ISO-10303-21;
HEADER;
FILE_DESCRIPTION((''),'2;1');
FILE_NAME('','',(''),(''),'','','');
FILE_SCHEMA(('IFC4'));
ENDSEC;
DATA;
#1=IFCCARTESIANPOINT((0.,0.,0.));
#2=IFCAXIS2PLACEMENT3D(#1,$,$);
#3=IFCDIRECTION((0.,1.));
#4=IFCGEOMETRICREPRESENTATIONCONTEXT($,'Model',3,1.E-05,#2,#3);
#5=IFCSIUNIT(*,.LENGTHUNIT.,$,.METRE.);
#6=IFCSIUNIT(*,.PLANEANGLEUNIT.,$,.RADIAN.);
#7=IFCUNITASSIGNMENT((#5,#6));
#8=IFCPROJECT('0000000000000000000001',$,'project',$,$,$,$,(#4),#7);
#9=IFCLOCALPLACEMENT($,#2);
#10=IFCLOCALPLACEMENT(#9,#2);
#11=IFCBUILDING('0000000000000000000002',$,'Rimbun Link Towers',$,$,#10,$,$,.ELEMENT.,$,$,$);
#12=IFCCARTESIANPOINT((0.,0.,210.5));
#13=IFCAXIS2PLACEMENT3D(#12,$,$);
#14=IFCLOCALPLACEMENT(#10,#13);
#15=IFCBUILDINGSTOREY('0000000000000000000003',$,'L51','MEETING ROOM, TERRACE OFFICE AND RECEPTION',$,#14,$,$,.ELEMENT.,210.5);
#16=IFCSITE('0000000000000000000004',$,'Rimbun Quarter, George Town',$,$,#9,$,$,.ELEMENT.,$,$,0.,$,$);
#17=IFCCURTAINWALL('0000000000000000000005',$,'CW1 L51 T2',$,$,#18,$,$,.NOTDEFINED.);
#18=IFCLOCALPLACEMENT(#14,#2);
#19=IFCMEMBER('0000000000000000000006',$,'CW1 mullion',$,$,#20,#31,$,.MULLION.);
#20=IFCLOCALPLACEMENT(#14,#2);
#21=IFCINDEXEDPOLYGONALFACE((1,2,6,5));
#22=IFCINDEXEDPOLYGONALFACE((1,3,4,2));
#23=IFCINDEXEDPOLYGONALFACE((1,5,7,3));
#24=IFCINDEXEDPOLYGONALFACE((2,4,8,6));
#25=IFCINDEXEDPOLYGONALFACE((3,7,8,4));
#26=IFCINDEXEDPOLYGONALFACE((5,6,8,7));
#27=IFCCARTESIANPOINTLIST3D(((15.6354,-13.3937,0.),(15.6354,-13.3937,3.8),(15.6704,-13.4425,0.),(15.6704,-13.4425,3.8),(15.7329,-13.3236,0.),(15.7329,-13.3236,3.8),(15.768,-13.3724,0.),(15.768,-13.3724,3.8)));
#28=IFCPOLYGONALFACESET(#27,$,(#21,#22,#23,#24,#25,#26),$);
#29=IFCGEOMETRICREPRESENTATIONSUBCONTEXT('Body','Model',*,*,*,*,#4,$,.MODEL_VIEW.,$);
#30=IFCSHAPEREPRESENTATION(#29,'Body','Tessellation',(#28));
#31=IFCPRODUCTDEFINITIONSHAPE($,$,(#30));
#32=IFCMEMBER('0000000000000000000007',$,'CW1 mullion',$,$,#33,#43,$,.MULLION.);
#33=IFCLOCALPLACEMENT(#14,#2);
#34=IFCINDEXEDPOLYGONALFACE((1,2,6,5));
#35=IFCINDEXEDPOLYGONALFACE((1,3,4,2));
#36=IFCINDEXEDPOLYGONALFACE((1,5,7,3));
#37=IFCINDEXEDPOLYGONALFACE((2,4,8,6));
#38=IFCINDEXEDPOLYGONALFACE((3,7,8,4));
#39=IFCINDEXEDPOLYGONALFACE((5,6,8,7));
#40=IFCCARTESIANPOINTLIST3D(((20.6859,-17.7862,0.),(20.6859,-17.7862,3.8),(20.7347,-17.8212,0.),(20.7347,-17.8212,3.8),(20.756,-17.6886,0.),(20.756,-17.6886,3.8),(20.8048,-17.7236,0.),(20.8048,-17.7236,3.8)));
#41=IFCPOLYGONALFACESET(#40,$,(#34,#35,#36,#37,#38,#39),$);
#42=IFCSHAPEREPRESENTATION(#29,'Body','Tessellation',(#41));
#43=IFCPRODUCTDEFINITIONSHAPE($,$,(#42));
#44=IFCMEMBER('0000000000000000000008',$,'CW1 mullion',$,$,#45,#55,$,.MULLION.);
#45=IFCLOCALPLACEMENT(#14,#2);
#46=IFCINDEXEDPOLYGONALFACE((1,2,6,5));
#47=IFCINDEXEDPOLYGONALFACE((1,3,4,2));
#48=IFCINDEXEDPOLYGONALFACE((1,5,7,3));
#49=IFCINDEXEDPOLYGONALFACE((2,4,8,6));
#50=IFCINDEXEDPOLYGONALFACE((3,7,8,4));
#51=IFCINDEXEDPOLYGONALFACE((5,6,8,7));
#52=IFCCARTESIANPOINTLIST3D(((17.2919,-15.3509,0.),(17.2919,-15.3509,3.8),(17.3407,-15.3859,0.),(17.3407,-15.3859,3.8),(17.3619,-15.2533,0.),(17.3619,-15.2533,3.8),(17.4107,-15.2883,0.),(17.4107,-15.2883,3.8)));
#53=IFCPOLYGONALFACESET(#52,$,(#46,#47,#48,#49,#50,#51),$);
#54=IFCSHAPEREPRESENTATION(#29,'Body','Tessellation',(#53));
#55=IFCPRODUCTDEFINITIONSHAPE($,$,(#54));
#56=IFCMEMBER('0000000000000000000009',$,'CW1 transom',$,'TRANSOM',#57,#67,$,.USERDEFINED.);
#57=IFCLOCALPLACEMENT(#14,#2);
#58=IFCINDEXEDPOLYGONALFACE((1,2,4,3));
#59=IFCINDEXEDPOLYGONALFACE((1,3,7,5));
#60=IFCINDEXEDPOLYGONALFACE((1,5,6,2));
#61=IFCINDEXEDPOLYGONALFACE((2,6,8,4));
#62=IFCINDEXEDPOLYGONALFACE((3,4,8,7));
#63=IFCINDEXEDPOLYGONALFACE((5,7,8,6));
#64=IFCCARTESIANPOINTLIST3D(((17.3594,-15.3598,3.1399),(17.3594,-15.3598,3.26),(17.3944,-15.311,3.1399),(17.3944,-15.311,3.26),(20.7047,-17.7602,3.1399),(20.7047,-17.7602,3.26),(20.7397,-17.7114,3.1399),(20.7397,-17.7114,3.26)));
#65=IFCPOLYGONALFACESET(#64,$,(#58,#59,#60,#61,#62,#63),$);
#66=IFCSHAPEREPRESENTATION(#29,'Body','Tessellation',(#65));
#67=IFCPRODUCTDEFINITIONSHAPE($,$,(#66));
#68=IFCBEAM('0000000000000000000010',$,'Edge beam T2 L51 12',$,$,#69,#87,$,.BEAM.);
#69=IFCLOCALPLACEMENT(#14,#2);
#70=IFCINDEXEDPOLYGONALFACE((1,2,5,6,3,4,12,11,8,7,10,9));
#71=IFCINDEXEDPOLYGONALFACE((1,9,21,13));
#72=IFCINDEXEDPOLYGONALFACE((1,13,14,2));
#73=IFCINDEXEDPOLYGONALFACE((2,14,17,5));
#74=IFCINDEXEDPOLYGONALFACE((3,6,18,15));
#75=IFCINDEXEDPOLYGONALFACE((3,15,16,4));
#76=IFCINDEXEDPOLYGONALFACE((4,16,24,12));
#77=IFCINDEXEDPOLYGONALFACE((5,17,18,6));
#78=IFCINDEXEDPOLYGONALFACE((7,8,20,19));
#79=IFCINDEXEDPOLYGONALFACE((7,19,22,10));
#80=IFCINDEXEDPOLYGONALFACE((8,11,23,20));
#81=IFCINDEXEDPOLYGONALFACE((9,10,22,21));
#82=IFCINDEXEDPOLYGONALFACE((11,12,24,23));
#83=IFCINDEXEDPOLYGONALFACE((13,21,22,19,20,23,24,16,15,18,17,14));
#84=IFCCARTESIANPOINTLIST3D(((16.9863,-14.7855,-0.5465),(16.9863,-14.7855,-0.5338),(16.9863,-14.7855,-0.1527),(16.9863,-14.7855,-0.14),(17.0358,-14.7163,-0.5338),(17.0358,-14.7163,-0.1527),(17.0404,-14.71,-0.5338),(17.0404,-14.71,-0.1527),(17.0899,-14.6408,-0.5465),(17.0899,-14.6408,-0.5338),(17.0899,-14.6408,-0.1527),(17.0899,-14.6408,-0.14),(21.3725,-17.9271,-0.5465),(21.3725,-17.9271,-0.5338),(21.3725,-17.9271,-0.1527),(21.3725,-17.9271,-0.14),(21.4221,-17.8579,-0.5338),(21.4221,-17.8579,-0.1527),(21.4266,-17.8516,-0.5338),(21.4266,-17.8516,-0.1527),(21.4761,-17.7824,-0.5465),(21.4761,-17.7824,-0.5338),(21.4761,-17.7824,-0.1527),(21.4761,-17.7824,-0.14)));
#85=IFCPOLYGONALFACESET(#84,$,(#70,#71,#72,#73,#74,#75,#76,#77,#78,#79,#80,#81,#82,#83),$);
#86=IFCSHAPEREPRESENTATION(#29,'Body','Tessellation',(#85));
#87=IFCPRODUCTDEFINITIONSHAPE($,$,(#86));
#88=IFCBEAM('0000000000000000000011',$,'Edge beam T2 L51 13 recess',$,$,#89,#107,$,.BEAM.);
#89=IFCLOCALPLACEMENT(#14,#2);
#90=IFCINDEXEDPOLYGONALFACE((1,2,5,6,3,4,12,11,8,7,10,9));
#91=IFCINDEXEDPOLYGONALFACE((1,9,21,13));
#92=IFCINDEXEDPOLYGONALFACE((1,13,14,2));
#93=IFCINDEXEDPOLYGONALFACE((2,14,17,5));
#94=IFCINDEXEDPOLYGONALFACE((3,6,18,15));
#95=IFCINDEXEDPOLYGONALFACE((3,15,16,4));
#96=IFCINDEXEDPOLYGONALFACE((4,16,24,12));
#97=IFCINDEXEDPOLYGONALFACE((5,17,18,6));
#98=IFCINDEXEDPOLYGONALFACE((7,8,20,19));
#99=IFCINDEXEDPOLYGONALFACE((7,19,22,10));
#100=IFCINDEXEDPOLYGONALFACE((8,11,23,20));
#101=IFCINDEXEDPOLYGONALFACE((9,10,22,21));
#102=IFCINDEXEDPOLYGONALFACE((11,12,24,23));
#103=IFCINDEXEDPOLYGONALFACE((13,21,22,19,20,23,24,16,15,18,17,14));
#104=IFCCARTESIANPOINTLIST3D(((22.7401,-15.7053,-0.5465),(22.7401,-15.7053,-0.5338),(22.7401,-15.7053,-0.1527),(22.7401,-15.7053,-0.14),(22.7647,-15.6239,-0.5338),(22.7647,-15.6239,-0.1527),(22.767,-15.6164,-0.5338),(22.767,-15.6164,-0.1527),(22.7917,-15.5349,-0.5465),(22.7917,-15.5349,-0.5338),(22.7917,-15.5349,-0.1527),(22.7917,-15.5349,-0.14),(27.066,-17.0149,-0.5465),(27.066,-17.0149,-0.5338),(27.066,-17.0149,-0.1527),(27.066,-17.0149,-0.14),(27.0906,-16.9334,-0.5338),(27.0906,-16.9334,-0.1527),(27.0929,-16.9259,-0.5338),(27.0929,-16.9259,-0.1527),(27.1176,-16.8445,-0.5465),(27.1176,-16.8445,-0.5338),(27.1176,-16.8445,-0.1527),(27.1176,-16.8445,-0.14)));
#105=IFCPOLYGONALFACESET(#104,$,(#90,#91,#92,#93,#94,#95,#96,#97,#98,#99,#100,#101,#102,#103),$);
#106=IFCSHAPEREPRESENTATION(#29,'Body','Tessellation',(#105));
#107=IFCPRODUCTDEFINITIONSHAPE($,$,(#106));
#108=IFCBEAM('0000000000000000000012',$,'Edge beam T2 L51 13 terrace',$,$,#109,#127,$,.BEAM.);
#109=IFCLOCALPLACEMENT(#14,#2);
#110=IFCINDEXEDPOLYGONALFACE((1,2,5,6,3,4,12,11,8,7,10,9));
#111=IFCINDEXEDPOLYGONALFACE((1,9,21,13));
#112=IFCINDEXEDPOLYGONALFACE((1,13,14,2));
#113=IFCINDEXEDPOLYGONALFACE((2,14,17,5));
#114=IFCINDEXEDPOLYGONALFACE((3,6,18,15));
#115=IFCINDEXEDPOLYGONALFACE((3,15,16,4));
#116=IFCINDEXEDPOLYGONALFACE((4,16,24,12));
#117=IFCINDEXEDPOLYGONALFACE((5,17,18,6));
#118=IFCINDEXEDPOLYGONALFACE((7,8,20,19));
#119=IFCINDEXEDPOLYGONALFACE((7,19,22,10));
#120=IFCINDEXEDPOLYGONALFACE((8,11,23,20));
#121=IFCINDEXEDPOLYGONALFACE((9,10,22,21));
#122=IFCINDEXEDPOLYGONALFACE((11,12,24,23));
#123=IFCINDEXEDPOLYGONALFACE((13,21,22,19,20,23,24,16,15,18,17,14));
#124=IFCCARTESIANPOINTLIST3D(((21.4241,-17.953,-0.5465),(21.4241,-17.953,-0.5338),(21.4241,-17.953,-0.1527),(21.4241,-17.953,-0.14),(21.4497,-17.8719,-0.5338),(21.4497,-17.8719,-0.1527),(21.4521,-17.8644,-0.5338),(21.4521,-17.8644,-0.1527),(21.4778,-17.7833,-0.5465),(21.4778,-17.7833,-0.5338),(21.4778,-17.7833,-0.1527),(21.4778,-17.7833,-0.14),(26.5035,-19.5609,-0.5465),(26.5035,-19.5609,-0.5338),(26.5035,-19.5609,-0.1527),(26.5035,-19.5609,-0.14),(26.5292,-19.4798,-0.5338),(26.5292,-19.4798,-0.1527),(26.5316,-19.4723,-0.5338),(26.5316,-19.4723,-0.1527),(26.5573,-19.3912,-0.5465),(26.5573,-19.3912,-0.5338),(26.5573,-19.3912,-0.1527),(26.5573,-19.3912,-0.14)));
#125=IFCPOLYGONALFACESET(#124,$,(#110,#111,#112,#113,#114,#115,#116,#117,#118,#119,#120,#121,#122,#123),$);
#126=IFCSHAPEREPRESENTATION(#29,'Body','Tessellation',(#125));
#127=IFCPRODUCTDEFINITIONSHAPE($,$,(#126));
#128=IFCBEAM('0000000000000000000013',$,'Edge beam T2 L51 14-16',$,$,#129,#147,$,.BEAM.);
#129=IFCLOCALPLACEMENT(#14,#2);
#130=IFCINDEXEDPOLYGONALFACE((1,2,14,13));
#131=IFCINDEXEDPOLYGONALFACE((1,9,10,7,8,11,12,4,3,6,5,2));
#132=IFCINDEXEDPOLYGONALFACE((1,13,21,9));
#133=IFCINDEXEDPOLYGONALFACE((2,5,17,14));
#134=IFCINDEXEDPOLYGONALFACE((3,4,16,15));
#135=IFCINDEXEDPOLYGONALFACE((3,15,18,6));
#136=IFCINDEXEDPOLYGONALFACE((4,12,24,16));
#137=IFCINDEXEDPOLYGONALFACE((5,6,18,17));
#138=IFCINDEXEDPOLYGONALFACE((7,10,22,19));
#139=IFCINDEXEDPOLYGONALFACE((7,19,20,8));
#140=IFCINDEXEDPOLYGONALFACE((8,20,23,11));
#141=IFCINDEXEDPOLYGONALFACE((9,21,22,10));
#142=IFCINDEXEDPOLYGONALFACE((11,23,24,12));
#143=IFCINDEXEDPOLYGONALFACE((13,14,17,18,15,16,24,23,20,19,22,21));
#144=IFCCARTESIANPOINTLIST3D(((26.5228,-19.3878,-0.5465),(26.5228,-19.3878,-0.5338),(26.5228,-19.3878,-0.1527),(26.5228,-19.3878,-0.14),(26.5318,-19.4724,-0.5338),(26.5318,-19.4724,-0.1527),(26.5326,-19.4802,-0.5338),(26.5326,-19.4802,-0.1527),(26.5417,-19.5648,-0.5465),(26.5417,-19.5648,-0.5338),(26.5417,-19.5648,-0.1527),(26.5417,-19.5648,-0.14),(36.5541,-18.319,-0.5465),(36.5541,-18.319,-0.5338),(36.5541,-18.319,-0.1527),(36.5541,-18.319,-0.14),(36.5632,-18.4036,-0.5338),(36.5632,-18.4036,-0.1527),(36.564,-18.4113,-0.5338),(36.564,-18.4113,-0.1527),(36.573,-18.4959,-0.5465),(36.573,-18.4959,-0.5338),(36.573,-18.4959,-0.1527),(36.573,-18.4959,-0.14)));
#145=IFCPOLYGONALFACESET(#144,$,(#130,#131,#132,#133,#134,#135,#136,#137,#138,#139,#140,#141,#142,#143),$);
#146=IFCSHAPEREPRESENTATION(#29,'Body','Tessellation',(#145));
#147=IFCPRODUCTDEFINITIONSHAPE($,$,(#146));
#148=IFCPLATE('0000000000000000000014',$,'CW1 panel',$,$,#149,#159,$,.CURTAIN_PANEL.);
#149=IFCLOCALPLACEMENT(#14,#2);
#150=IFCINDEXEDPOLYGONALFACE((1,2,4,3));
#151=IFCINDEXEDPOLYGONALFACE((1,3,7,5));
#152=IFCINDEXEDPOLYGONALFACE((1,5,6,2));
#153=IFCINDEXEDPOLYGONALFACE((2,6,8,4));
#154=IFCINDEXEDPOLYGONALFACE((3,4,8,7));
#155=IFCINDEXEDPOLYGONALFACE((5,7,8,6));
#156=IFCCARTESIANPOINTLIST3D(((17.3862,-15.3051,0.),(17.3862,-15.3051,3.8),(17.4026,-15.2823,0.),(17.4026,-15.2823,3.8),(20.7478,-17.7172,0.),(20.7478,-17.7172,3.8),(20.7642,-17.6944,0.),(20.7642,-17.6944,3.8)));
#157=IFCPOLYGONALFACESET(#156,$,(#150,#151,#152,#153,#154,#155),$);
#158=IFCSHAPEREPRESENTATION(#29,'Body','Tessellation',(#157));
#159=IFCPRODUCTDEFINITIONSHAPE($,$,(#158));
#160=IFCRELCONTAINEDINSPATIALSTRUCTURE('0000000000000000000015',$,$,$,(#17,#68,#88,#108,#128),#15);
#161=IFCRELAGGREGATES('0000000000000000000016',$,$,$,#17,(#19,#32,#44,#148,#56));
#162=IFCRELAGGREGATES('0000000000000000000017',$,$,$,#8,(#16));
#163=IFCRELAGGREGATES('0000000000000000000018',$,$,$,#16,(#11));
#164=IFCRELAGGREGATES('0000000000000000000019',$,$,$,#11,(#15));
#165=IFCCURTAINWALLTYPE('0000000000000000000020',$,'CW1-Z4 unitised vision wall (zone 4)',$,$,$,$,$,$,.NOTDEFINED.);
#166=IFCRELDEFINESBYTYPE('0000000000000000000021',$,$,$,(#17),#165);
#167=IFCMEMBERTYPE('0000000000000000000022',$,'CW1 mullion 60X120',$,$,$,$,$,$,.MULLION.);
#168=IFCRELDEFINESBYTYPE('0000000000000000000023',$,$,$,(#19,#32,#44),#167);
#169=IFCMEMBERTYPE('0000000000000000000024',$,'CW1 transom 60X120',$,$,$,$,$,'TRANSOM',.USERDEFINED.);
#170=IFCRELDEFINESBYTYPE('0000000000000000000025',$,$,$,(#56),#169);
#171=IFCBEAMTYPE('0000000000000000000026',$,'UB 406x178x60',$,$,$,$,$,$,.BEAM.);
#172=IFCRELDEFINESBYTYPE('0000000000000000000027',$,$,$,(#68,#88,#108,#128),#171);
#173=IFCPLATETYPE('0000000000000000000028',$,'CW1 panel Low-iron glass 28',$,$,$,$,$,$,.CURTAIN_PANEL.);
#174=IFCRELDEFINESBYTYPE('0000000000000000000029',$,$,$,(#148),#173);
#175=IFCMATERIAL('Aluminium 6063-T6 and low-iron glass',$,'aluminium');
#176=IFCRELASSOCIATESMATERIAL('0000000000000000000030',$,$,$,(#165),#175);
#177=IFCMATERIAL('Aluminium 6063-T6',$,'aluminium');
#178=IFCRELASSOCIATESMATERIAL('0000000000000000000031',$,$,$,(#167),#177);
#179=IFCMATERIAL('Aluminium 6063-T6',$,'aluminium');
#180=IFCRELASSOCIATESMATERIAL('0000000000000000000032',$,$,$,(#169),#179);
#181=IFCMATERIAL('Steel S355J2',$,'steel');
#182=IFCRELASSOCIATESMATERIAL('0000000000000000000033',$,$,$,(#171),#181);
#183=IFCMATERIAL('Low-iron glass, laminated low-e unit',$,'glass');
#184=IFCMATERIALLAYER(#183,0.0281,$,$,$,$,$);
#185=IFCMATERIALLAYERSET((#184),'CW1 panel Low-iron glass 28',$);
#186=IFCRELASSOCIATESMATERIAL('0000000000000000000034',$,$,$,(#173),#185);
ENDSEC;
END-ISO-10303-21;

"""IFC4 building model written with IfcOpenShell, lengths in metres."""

from ifc_helpers import new_model, si_unit, direction, frame, origin, origin_2d, place, context, subcontext, project, spatial, rectangle, i_section, extrude, material, layer, layer_set, material_profile, profile_set, type_object, element, aggregate, save


model = new_model("IFC4")

# Units and contexts
model_context = context("Model", 3, precision=1e-05, world=origin(), true_north=direction((0.0, 1.0)))
body_context = subcontext(model_context, "Body", "Model", "MODEL_VIEW")
ifc_project = project(units=[si_unit("LENGTHUNIT", "METRE"), si_unit("PLANEANGLEUNIT", "RADIAN")], contexts=[model_context])

# Site, building, storey
site_placement = place(None, origin())
site = spatial("IfcSite", under=ifc_project, at=site_placement, Name="Rimbun Quarter, George Town", CompositionType="ELEMENT", RefElevation=0.0)
building_placement = place(site_placement, origin())
building = spatial("IfcBuilding", under=site, at=building_placement, Name="Rimbun Link Towers", CompositionType="ELEMENT")
storey_placement = place(building_placement, frame((0.0, 0.0, 210.5)))
storey = spatial("IfcBuildingStorey", under=building, at=storey_placement, Name="L51", Description="MEETING ROOM, TERRACE OFFICE AND RECEPTION", CompositionType="ELEMENT", Elevation=210.5)

# Curtain wall, members
ifc_material_1 = material(Name="Aluminium 6063-T6 and low-iron glass", Category="aluminium")
curtain_wall_type = type_object("IfcCurtainWallType", Name="CW1-Z4 unitised vision wall (zone 4)", PredefinedType="NOTDEFINED", material=ifc_material_1)
curtain_wall_placement = place(storey_placement, origin())
curtain_wall = element("IfcCurtainWall", 1, at=curtain_wall_placement, inside=storey, type_object=curtain_wall_type, Name="CW1 L51 T2", PredefinedType="NOTDEFINED")
ifc_material_2 = material(Name="Aluminium 6063-T6", Category="aluminium")
ifc_material_profile_1 = material_profile(ifc_material_2, rectangle(XDim=0.1201, YDim=0.0601, at=origin_2d()), Name="MULLION 60X120")
ifc_profile_set_1 = profile_set([ifc_material_profile_1], Name="Aluminium 6063-T6")
member_type_1 = type_object("IfcMemberType", Name="CW1 mullion 60X120", PredefinedType="MULLION", material=ifc_profile_set_1)
member_1_placement = place(storey_placement, frame((15.7017, -13.3831, 0.0), z_axis=(0.0, 0.0, 1.0), x_axis=(-0.81247, -0.583004, 0.0)))
member_1 = element("IfcMember", 2, at=member_1_placement, type_object=member_type_1, Name="CW1 mullion", PredefinedType="MULLION", context=body_context, shape_type="SweptSolid", body=[
    extrude(rectangle(XDim=0.1201, YDim=0.0601, at=origin_2d()), origin(), (0.0, 0.0, 1.0), 3.8),
])
member_2_placement = place(storey_placement, frame((20.7454, -17.7549, 0.0), z_axis=(0.0, 0.0, 1.0), x_axis=(-0.583004, -0.81247, 0.0)))
member_2 = element("IfcMember", 3, at=member_2_placement, type_object=member_type_1, Name="CW1 mullion", PredefinedType="MULLION", context=body_context, shape_type="SweptSolid", body=[
    extrude(rectangle(XDim=0.1201, YDim=0.0601, at=origin_2d()), origin(), (0.0, 0.0, 1.0), 3.8),
])
member_3_placement = place(storey_placement, frame((17.3513, -15.3196, 0.0), z_axis=(0.0, 0.0, 1.0), x_axis=(-0.583004, -0.81247, 0.0)))
member_3 = element("IfcMember", 4, at=member_3_placement, type_object=member_type_1, Name="CW1 mullion", PredefinedType="MULLION", context=body_context, shape_type="SweptSolid", body=[
    extrude(rectangle(XDim=0.1201, YDim=0.0601, at=origin_2d()), origin(), (0.0, 0.0, 1.0), 3.8),
])
ifc_material_3 = material(Name="Aluminium 6063-T6", Category="aluminium")
ifc_material_profile_2 = material_profile(ifc_material_3, rectangle(XDim=0.0601, YDim=0.1201, at=origin_2d()), Name="TRANSOM 60X120")
ifc_profile_set_2 = profile_set([ifc_material_profile_2], Name="Aluminium 6063-T6")
member_type_2 = type_object("IfcMemberType", Name="CW1 transom 60X120", ElementType="TRANSOM", PredefinedType="USERDEFINED", material=ifc_profile_set_2)
member_4_placement = place(storey_placement, frame((20.7222, -17.7358, 3.2), z_axis=(-0.812474, 0.582998, 0.0), x_axis=(-0.582998, -0.812474, 0.0)))
member_4 = element("IfcMember", 5, at=member_4_placement, type_object=member_type_2, Name="CW1 transom", ObjectType="TRANSOM", PredefinedType="USERDEFINED", context=body_context, shape_type="SweptSolid", body=[
    extrude(rectangle(XDim=0.0601, YDim=0.1201, at=origin_2d()), origin(), (0.0, 0.0, 1.0), 4.1174),
])

# Beams
ifc_material_4 = material(Name="Steel S355J2", Category="steel")
ifc_material_profile_3 = material_profile(ifc_material_4, i_section(OverallWidth=0.178, OverallDepth=0.4065, WebThickness=0.0078, FlangeThickness=0.0127, at=origin_2d()), Name="UB 406x178x60")
ifc_profile_set_3 = profile_set([ifc_material_profile_3], Name="Steel S355J2")
beam_type = type_object("IfcBeamType", Name="UB 406x178x60", PredefinedType="BEAM", material=ifc_profile_set_3)
beam_1_placement = place(storey_placement, frame((17.0381, -14.7131, -0.3433), z_axis=(0.812981, -0.582291, 0.0), x_axis=(0.582291, 0.812981, 0.0)))
element("IfcBeam", 6, at=beam_1_placement, inside=storey, type_object=beam_type, Name="Edge beam T2 L51 12", PredefinedType="BEAM", context=body_context, shape_type="SweptSolid", body=[
    extrude(i_section(OverallWidth=0.178, OverallDepth=0.4065, WebThickness=0.0078, FlangeThickness=0.0127, at=origin_2d()), origin(), (0.0, 0.0, 1.0), 5.3953),
])
beam_2_placement = place(storey_placement, frame((22.7659, -15.6201, -0.3433), z_axis=(0.957105, -0.289741, 0.0), x_axis=(0.289741, 0.957105, 0.0)))
element("IfcBeam", 7, at=beam_2_placement, inside=storey, type_object=beam_type, Name="Edge beam T2 L51 13 recess", PredefinedType="BEAM", context=body_context, shape_type="SweptSolid", body=[
    extrude(i_section(OverallWidth=0.178, OverallDepth=0.4065, WebThickness=0.0078, FlangeThickness=0.0127, at=origin_2d()), origin(), (0.0, 0.0, 1.0), 4.5198),
])
beam_3_placement = place(storey_placement, frame((21.4509, -17.8682, -0.3433), z_axis=(0.953376, -0.301785, 0.0), x_axis=(0.301785, 0.953376, 0.0)))
element("IfcBeam", 8, at=beam_3_placement, inside=storey, type_object=beam_type, Name="Edge beam T2 L51 13 terrace", PredefinedType="BEAM", context=body_context, shape_type="SweptSolid", body=[
    extrude(i_section(OverallWidth=0.178, OverallDepth=0.4065, WebThickness=0.0078, FlangeThickness=0.0127, at=origin_2d()), origin(), (0.0, 0.0, 1.0), 5.3279),
])
beam_4_placement = place(storey_placement, frame((26.5322, -19.4763, -0.3433), z_axis=(0.994371, 0.105952, 0.0), x_axis=(-0.105952, 0.994371, 0.0)))
element("IfcBeam", 9, at=beam_4_placement, inside=storey, type_object=beam_type, Name="Edge beam T2 L51 14-16", PredefinedType="BEAM", context=body_context, shape_type="SweptSolid", body=[
    extrude(i_section(OverallWidth=0.178, OverallDepth=0.4065, WebThickness=0.0078, FlangeThickness=0.0127, at=origin_2d()), origin(), (0.0, 0.0, 1.0), 10.0881),
])

# Plate
ifc_material_5 = material(Name="Low-iron glass, laminated low-e unit", Category="glass")
ifc_layer_1 = layer(ifc_material_5, 0.0281)
ifc_layer_set_1 = layer_set([ifc_layer_1], Name="CW1 panel Low-iron glass 28")
plate_type = type_object("IfcPlateType", Name="CW1 panel Low-iron glass 28", PredefinedType="CURTAIN_PANEL", material=ifc_layer_set_1)
plate_placement = place(storey_placement, frame((19.0752, -16.4998, 0.0), z_axis=(0.0, 0.0, 1.0), x_axis=(-0.81247, 0.583004, 0.0)))
plate = element("IfcPlate", 10, at=plate_placement, type_object=plate_type, Name="CW1 panel", PredefinedType="CURTAIN_PANEL", context=body_context, shape_type="SweptSolid", body=[
    extrude(rectangle(XDim=4.1375, YDim=0.0281, at=origin_2d()), origin(), (0.0, 0.0, 1.0), 3.8),
])
aggregate(curtain_wall, [member_1, member_2, member_3, plate, member_4])

save(model, "model.ifc")
